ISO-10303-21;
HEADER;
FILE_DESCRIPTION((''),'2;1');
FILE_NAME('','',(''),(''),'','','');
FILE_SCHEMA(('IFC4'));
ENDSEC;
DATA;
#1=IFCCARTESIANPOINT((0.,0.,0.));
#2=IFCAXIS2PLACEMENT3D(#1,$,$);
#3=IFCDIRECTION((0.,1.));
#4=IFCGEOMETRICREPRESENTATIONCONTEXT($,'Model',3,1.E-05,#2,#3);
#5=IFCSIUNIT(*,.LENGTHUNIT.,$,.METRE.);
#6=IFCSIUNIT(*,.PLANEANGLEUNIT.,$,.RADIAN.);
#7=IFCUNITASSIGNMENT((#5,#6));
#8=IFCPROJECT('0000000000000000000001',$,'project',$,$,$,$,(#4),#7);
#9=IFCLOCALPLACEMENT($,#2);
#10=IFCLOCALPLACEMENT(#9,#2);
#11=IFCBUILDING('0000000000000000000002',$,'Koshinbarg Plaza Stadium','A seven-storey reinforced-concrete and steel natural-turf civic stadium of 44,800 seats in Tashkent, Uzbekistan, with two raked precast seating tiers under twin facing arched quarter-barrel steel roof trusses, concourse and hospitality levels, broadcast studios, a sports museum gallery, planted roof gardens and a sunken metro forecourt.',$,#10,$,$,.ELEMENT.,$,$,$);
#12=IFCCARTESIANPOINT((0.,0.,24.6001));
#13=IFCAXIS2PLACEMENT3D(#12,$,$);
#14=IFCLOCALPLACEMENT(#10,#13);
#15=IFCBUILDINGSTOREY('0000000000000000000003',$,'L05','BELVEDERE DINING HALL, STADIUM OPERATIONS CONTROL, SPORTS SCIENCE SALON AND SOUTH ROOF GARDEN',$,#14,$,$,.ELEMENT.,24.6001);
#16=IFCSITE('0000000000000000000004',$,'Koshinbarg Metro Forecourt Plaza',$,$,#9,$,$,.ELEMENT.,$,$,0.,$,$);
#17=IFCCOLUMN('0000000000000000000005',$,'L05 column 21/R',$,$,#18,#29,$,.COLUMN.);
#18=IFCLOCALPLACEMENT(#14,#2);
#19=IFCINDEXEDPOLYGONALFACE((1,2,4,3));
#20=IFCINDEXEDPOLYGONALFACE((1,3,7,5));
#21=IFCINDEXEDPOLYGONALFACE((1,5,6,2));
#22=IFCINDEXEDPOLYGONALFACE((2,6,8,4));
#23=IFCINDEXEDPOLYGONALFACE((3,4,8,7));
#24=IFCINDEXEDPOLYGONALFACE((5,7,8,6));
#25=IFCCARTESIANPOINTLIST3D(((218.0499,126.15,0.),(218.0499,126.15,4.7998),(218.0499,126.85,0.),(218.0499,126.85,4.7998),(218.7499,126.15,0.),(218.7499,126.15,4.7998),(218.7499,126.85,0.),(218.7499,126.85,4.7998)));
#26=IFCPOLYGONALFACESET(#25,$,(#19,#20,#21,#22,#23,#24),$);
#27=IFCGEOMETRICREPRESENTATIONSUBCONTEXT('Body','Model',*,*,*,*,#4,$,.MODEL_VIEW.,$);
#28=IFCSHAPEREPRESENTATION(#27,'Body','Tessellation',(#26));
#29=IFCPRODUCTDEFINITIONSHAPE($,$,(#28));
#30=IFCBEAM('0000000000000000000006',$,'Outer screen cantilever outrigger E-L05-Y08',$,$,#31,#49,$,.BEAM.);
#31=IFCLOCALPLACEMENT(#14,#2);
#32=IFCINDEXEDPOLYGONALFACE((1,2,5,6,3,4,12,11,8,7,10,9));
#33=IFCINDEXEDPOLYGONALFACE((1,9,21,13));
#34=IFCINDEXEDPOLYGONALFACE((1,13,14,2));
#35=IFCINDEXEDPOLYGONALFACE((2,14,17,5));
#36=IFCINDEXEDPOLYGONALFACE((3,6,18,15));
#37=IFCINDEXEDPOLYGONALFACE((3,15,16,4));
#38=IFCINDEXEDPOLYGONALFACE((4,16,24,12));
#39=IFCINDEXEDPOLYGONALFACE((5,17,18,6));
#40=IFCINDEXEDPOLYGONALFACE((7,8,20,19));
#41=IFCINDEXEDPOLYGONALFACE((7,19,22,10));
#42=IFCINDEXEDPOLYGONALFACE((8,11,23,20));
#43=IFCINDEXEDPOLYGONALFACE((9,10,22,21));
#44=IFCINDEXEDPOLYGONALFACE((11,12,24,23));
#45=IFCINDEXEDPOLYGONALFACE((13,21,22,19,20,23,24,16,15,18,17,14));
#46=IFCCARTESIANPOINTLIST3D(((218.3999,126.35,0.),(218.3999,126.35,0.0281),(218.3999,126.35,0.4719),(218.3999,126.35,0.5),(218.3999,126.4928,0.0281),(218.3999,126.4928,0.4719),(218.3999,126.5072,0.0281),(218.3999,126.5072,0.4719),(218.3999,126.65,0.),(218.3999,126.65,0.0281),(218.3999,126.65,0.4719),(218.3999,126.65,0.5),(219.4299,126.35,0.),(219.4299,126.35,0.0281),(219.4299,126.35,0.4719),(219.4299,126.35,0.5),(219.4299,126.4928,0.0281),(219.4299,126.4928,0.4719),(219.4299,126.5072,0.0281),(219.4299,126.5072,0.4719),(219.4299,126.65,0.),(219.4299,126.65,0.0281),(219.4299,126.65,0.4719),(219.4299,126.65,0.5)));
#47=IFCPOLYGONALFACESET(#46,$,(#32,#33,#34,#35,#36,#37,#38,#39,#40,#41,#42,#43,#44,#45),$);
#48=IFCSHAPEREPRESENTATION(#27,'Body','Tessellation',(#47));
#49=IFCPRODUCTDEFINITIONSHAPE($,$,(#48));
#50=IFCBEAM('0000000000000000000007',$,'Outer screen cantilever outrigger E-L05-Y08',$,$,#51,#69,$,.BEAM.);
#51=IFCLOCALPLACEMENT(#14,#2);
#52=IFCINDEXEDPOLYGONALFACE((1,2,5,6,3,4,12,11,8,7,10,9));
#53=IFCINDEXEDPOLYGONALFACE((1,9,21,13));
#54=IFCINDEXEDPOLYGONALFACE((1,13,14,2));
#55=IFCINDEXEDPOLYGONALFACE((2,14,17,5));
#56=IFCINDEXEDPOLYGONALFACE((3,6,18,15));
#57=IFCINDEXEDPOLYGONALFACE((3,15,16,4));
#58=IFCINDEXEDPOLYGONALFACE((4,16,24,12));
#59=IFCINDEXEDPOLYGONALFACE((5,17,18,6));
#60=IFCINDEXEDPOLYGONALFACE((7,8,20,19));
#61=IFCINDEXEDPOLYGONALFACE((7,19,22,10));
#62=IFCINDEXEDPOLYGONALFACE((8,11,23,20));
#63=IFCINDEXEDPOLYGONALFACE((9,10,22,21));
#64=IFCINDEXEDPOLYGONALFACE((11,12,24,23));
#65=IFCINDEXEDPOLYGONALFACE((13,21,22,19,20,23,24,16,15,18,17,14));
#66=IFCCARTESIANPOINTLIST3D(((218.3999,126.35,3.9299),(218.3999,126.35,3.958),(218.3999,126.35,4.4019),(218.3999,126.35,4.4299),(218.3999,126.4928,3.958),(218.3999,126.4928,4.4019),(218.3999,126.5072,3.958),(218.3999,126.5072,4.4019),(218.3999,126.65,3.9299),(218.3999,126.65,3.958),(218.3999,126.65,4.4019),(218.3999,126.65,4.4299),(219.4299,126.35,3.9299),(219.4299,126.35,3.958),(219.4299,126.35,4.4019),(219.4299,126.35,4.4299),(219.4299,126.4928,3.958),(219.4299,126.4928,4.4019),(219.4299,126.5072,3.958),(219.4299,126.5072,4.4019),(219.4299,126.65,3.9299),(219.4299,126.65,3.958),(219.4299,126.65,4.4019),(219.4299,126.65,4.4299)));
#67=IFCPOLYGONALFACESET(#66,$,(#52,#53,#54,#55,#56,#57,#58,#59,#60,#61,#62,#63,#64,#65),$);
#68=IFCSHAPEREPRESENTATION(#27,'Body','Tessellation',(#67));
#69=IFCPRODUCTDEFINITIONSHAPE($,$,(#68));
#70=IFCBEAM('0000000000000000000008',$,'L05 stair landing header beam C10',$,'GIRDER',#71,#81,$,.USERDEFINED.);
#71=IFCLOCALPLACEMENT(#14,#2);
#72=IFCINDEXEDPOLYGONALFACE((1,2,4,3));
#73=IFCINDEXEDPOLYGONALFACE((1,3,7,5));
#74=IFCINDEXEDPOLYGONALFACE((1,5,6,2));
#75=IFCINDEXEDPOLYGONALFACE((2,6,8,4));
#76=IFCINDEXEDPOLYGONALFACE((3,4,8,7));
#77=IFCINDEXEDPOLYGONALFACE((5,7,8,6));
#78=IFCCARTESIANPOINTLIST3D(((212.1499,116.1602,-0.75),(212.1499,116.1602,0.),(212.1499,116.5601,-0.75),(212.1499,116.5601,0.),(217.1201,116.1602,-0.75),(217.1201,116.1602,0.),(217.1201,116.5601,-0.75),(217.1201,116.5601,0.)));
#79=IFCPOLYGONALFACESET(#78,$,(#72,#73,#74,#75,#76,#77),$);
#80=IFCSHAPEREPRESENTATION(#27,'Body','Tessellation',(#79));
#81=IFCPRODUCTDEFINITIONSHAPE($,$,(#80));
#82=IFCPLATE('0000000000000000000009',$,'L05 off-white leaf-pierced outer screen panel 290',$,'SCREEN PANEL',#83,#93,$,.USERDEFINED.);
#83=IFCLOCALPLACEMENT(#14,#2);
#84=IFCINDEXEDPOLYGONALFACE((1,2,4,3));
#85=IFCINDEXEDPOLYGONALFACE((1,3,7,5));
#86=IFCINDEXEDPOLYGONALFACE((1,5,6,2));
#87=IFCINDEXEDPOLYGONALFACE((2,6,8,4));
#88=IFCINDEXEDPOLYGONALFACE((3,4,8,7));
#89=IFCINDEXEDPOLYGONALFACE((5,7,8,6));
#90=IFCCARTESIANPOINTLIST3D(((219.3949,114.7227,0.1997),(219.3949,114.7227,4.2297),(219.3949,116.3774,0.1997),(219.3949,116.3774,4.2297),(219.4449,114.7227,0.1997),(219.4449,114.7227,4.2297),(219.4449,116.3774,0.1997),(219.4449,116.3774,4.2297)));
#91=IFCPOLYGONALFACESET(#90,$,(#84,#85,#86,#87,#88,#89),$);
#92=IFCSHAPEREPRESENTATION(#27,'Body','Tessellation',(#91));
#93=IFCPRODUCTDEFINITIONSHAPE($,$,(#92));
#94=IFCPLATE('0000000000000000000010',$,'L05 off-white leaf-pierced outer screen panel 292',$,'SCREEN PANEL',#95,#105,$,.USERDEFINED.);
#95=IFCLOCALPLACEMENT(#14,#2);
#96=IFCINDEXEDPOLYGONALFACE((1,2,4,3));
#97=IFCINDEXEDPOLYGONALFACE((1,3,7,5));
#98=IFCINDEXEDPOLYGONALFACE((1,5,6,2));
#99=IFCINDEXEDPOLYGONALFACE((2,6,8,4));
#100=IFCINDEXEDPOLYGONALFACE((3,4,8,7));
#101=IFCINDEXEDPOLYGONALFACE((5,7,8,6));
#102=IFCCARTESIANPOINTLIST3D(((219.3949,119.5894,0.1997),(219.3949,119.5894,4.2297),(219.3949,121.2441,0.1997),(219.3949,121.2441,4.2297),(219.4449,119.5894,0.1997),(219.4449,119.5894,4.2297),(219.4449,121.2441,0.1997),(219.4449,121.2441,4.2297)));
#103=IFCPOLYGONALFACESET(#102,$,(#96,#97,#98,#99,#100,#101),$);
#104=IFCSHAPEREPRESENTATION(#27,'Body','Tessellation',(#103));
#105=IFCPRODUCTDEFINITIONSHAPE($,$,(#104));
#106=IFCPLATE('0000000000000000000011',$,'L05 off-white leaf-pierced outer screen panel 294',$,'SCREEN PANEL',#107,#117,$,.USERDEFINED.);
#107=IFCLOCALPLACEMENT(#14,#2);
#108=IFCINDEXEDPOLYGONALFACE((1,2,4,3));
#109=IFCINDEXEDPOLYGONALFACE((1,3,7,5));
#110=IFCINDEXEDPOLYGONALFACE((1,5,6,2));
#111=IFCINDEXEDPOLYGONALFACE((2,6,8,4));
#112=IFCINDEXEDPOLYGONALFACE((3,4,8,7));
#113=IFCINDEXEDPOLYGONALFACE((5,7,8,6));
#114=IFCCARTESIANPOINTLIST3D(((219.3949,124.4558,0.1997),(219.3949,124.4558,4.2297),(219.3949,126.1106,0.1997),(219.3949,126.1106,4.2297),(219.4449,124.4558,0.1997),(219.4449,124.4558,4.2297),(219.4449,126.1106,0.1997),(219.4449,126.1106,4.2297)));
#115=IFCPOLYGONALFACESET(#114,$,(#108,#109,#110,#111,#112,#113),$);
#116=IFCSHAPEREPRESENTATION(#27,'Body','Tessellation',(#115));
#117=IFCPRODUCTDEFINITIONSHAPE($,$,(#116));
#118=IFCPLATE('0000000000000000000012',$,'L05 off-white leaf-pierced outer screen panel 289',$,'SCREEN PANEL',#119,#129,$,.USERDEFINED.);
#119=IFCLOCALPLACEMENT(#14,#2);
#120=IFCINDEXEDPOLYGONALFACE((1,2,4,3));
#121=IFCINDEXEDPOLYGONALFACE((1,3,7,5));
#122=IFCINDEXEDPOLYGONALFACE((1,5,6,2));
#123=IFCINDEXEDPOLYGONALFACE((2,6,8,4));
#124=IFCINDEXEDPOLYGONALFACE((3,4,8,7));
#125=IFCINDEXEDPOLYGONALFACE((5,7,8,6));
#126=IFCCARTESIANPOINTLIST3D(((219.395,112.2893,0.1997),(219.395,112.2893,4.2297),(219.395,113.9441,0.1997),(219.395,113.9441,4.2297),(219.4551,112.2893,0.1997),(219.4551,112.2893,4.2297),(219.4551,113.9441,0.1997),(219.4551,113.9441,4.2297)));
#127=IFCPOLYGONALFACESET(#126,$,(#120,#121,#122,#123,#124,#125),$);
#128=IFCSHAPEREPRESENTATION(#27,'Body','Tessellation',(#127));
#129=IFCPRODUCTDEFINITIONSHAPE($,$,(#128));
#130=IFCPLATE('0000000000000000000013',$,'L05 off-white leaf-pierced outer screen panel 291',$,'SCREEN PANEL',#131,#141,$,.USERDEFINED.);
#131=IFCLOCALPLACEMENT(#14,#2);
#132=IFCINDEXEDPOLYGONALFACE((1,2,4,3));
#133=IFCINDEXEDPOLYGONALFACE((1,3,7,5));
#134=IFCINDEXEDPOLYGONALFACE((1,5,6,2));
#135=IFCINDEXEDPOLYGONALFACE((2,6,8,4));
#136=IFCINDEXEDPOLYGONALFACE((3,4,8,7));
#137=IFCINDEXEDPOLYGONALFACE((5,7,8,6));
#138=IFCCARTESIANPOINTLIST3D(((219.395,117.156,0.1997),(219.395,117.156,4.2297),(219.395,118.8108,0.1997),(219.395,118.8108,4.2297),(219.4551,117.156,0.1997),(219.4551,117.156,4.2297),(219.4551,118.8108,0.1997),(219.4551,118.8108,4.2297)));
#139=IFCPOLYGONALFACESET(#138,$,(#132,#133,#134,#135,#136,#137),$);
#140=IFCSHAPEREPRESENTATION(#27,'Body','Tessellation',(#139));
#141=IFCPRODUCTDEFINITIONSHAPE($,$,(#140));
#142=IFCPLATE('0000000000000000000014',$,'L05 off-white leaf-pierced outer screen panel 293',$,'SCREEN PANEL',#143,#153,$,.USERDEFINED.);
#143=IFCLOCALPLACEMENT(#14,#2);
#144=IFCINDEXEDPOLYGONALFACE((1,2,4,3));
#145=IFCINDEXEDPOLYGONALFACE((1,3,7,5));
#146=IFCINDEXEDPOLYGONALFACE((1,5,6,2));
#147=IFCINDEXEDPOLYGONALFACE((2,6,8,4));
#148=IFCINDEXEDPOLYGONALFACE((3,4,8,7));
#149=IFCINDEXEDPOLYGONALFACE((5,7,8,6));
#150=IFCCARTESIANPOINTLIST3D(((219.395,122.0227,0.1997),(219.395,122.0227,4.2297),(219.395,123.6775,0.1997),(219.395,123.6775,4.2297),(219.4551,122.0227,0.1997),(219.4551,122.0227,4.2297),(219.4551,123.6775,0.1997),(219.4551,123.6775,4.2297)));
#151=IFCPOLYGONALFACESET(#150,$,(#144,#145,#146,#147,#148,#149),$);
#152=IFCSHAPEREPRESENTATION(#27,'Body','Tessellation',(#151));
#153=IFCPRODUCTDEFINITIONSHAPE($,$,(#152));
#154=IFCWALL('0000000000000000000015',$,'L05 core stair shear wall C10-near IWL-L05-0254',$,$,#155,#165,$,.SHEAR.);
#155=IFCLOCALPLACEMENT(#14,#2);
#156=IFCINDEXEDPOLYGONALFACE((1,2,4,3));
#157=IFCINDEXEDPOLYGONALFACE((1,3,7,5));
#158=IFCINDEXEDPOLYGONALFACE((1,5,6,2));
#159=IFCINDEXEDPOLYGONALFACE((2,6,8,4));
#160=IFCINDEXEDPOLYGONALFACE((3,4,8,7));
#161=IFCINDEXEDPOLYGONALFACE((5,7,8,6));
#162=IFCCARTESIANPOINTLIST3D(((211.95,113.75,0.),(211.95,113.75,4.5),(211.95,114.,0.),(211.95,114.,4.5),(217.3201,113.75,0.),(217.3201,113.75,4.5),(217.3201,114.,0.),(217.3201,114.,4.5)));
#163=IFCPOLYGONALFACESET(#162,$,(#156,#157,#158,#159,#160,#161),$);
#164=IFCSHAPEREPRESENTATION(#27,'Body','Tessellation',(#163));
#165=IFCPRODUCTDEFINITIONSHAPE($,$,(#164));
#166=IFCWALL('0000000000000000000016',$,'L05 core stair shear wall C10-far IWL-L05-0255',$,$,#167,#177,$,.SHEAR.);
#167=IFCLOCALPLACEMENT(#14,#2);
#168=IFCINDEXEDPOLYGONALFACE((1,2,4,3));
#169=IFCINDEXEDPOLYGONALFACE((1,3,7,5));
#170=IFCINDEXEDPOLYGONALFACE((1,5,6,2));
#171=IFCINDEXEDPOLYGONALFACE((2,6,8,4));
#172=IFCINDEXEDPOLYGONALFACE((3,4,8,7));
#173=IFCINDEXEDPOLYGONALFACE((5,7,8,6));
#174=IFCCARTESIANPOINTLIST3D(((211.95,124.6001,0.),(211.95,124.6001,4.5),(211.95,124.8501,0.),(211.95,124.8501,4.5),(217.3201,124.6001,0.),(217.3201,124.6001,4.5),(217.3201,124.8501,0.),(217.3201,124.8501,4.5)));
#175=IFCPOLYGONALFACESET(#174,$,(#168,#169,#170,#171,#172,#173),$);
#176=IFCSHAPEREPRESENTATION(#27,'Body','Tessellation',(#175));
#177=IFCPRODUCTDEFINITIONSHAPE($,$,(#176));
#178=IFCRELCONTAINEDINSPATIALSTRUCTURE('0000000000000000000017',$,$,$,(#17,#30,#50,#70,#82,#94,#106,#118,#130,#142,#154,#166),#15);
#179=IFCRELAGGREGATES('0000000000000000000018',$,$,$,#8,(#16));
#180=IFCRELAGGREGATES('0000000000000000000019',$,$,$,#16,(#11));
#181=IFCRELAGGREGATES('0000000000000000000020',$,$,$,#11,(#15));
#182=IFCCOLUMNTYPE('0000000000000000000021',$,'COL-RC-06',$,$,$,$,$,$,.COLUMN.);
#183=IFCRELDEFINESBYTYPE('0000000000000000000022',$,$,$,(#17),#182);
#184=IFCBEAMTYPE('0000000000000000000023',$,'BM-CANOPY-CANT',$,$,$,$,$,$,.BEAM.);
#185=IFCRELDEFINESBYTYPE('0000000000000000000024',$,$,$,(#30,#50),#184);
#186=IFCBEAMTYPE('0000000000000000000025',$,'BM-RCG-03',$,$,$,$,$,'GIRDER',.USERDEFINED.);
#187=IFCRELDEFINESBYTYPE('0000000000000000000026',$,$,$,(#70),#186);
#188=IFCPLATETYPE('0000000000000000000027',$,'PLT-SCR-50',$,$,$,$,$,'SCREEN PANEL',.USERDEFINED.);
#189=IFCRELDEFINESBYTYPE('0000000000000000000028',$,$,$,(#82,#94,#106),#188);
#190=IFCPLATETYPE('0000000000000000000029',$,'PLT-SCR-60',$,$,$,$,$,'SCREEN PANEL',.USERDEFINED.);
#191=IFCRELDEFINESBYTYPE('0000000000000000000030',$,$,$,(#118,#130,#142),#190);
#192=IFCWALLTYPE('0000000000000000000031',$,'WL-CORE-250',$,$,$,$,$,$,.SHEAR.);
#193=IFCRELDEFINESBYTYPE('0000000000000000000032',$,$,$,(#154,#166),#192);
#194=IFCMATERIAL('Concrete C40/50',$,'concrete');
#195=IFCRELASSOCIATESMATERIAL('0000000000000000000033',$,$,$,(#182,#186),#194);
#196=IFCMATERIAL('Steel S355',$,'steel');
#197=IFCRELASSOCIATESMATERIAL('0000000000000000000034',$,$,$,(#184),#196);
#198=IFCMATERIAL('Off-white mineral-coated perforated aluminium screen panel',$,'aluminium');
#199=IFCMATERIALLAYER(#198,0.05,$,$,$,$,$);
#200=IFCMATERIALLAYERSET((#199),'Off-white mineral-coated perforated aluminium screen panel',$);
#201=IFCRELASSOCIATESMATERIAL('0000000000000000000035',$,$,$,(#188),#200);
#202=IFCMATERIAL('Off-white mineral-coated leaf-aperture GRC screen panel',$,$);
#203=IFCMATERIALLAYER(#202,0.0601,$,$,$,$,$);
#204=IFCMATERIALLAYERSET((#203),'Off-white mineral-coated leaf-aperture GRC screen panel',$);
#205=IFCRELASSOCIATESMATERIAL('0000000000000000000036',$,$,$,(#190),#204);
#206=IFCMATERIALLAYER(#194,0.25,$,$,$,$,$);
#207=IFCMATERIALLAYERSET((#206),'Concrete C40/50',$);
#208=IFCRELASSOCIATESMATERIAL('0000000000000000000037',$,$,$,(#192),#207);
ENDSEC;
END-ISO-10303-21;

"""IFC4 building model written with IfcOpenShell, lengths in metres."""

from ifc_helpers import new_model, si_unit, direction, frame, frame_2d, origin, origin_2d, place, context, subcontext, project, spatial, rectangle, i_section, extrude, material, layer, layer_set, material_profile, profile_set, type_object, element, save


model = new_model("IFC4")

# Units and contexts
model_context = context("Model", 3, precision=1e-05, world=origin(), true_north=direction((0.0, 1.0)))
body_context = subcontext(model_context, "Body", "Model", "MODEL_VIEW")
ifc_project = project(units=[si_unit("LENGTHUNIT", "METRE"), si_unit("PLANEANGLEUNIT", "RADIAN")], contexts=[model_context])

# Site, building, storey
site_placement = place(None, origin())
site = spatial("IfcSite", under=ifc_project, at=site_placement, Name="Koshinbarg Metro Forecourt Plaza", CompositionType="ELEMENT", RefElevation=0.0)
building_placement = place(site_placement, origin())
building = spatial("IfcBuilding", under=site, at=building_placement, Name="Koshinbarg Plaza Stadium", Description="A seven-storey reinforced-concrete and steel natural-turf civic stadium of 44,800 seats in Tashkent, Uzbekistan, with two raked precast seating tiers under twin facing arched quarter-barrel steel roof trusses, concourse and hospitality levels, broadcast studios, a sports museum gallery, planted roof gardens and a sunken metro forecourt.", CompositionType="ELEMENT")
storey_placement = place(building_placement, frame((0.0, 0.0, 24.6001)))
storey = spatial("IfcBuildingStorey", under=building, at=storey_placement, Name="L05", Description="BELVEDERE DINING HALL, STADIUM OPERATIONS CONTROL, SPORTS SCIENCE SALON AND SOUTH ROOF GARDEN", CompositionType="ELEMENT", Elevation=24.6001)

# Column
ifc_material_1 = material(Name="Concrete C40/50", Category="concrete")
ifc_material_profile_1 = material_profile(ifc_material_1, rectangle(XDim=0.7, YDim=0.7, at=origin_2d()), Name="RC 700x700")
ifc_profile_set_1 = profile_set([ifc_material_profile_1], Name="Concrete C40/50")
column_type = type_object("IfcColumnType", Name="COL-RC-06", PredefinedType="COLUMN", material=ifc_profile_set_1)
column_placement = place(storey_placement, frame((218.3999, 126.5, 0.0), z_axis=(0.0, 0.0, 1.0), x_axis=(1.0, 0.0, 0.0)))
element("IfcColumn", 1, at=column_placement, inside=storey, type_object=column_type, Name="L05 column 21/R", PredefinedType="COLUMN", context=body_context, shape_type="SweptSolid", body=[
    extrude(rectangle(XDim=0.7, YDim=0.7, at=origin_2d()), origin(), (0.0, 0.0, 1.0), 4.7998),
])

# Beams
ifc_material_2 = material(Name="Steel S355", Category="steel")
ifc_material_profile_2 = material_profile(ifc_material_2, i_section(OverallWidth=0.3, OverallDepth=0.5, WebThickness=0.0144, FlangeThickness=0.0281, at=origin_2d()), Name="HEB 500")
ifc_profile_set_2 = profile_set([ifc_material_profile_2], Name="Steel S355")
beam_type_1 = type_object("IfcBeamType", Name="BM-CANOPY-CANT", PredefinedType="BEAM", material=ifc_profile_set_2)
for number, where, z_axis, x_axis, name in (
    (2, (218.3999, 126.5, 0.25), (1.0, 0.0, 0.0), (0.0, 1.0, 0.0), "Outer screen cantilever outrigger E-L05-Y08"),
    (3, (218.3999, 126.5, 4.1799), (1.0, 0.0, 0.0), (0.0, 1.0, 0.0), "Outer screen cantilever outrigger E-L05-Y08"),
):
    element("IfcBeam", number, at=place(storey_placement, frame(where, z_axis=z_axis, x_axis=x_axis)), inside=storey, type_object=beam_type_1, Name=name, PredefinedType="BEAM", context=body_context, shape_type="SweptSolid", body=[
        extrude(i_section(OverallWidth=0.3, OverallDepth=0.5, WebThickness=0.0144, FlangeThickness=0.0281, at=origin_2d()), origin(), (0.0, 0.0, 1.0), 1.03),
    ])
ifc_material_profile_3 = material_profile(ifc_material_1, rectangle(XDim=0.3999, YDim=0.75, at=origin_2d()), Name="RC 400x750")
ifc_profile_set_3 = profile_set([ifc_material_profile_3], Name="Concrete C40/50")
beam_type_2 = type_object("IfcBeamType", Name="BM-RCG-03", ElementType="GIRDER", PredefinedType="USERDEFINED", material=ifc_profile_set_3)
beam_placement = place(storey_placement, frame((212.1499, 116.3601, -0.375), z_axis=(1.0, 0.0, 0.0), x_axis=(0.0, 1.0, 0.0)))
element("IfcBeam", 4, at=beam_placement, inside=storey, type_object=beam_type_2, Name="L05 stair landing header beam C10", ObjectType="GIRDER", PredefinedType="USERDEFINED", context=body_context, shape_type="SweptSolid", body=[
    extrude(rectangle(XDim=0.3999, YDim=0.75, at=origin_2d()), origin(), (0.0, 0.0, 1.0), 4.9702),
])

# Plates
ifc_material_3 = material(Name="Off-white mineral-coated perforated aluminium screen panel", Category="aluminium")
ifc_layer_1 = layer(ifc_material_3, 0.05)
ifc_layer_set_1 = layer_set([ifc_layer_1], Name="Off-white mineral-coated perforated aluminium screen panel")
plate_type_1 = type_object("IfcPlateType", Name="PLT-SCR-50", ElementType="SCREEN PANEL", PredefinedType="USERDEFINED", material=ifc_layer_set_1)
for number, where, z_axis, x_axis, name in (
    (5, (219.4199, 115.55, 0.1997), (0.0, 0.0, 1.0), (1.0, 0.0, 0.0), "L05 off-white leaf-pierced outer screen panel 290"),
    (6, (219.4199, 120.4167, 0.1997), (0.0, 0.0, 1.0), (1.0, 0.0, 0.0), "L05 off-white leaf-pierced outer screen panel 292"),
    (7, (219.4199, 125.2832, 0.1997), (0.0, 0.0, 1.0), (1.0, 0.0, 0.0), "L05 off-white leaf-pierced outer screen panel 294"),
):
    element("IfcPlate", number, at=place(storey_placement, frame(where, z_axis=z_axis, x_axis=x_axis)), inside=storey, type_object=plate_type_1, Name=name, ObjectType="SCREEN PANEL", PredefinedType="USERDEFINED", context=body_context, shape_type="SweptSolid", body=[
        extrude(rectangle(XDim=0.05, YDim=1.6548, at=origin_2d()), origin(), (0.0, 0.0, 1.0), 4.03),
    ])
ifc_material_4 = material(Name="Off-white mineral-coated leaf-aperture GRC screen panel")
ifc_layer_2 = layer(ifc_material_4, 0.0601)
ifc_layer_set_2 = layer_set([ifc_layer_2], Name="Off-white mineral-coated leaf-aperture GRC screen panel")
plate_type_2 = type_object("IfcPlateType", Name="PLT-SCR-60", ElementType="SCREEN PANEL", PredefinedType="USERDEFINED", material=ifc_layer_set_2)
for number, where, z_axis, x_axis, name in (
    (8, (219.425, 113.1167, 0.1997), (0.0, 0.0, 1.0), (1.0, 0.0, 0.0), "L05 off-white leaf-pierced outer screen panel 289"),
    (9, (219.425, 117.9834, 0.1997), (0.0, 0.0, 1.0), (1.0, 0.0, 0.0), "L05 off-white leaf-pierced outer screen panel 291"),
    (10, (219.425, 122.8501, 0.1997), (0.0, 0.0, 1.0), (1.0, 0.0, 0.0), "L05 off-white leaf-pierced outer screen panel 293"),
):
    element("IfcPlate", number, at=place(storey_placement, frame(where, z_axis=z_axis, x_axis=x_axis)), inside=storey, type_object=plate_type_2, Name=name, ObjectType="SCREEN PANEL", PredefinedType="USERDEFINED", context=body_context, shape_type="SweptSolid", body=[
        extrude(rectangle(XDim=0.0601, YDim=1.6548, at=origin_2d()), origin(), (0.0, 0.0, 1.0), 4.03),
    ])

# Walls
ifc_layer_3 = layer(ifc_material_1, 0.25)
ifc_layer_set_3 = layer_set([ifc_layer_3], Name="Concrete C40/50")
wall_type_1 = type_object("IfcWallType", Name="WL-CORE-250", PredefinedType="SHEAR", material=ifc_layer_set_3)
for number, where, z_axis, x_axis, name in (
    (11, (211.95, 113.875, 0.0), (0.0, 0.0, 1.0), (1.0, 0.0, 0.0), "L05 core stair shear wall C10-near IWL-L05-0254"),
    (12, (217.3201, 124.7251, 0.0), (0.0, 0.0, 1.0), (-1.0, 0.0, 0.0), "L05 core stair shear wall C10-far IWL-L05-0255"),
):
    element("IfcWall", number, at=place(storey_placement, frame(where, z_axis=z_axis, x_axis=x_axis)), inside=storey, type_object=wall_type_1, Name=name, PredefinedType="SHEAR", context=body_context, shape_type="SweptSolid", body=[
        extrude(rectangle(XDim=5.3701, YDim=0.25, at=frame_2d((2.6851, 0.0))), origin(), (0.0, 0.0, 1.0), 4.5),
    ])

save(model, "model.ifc")
